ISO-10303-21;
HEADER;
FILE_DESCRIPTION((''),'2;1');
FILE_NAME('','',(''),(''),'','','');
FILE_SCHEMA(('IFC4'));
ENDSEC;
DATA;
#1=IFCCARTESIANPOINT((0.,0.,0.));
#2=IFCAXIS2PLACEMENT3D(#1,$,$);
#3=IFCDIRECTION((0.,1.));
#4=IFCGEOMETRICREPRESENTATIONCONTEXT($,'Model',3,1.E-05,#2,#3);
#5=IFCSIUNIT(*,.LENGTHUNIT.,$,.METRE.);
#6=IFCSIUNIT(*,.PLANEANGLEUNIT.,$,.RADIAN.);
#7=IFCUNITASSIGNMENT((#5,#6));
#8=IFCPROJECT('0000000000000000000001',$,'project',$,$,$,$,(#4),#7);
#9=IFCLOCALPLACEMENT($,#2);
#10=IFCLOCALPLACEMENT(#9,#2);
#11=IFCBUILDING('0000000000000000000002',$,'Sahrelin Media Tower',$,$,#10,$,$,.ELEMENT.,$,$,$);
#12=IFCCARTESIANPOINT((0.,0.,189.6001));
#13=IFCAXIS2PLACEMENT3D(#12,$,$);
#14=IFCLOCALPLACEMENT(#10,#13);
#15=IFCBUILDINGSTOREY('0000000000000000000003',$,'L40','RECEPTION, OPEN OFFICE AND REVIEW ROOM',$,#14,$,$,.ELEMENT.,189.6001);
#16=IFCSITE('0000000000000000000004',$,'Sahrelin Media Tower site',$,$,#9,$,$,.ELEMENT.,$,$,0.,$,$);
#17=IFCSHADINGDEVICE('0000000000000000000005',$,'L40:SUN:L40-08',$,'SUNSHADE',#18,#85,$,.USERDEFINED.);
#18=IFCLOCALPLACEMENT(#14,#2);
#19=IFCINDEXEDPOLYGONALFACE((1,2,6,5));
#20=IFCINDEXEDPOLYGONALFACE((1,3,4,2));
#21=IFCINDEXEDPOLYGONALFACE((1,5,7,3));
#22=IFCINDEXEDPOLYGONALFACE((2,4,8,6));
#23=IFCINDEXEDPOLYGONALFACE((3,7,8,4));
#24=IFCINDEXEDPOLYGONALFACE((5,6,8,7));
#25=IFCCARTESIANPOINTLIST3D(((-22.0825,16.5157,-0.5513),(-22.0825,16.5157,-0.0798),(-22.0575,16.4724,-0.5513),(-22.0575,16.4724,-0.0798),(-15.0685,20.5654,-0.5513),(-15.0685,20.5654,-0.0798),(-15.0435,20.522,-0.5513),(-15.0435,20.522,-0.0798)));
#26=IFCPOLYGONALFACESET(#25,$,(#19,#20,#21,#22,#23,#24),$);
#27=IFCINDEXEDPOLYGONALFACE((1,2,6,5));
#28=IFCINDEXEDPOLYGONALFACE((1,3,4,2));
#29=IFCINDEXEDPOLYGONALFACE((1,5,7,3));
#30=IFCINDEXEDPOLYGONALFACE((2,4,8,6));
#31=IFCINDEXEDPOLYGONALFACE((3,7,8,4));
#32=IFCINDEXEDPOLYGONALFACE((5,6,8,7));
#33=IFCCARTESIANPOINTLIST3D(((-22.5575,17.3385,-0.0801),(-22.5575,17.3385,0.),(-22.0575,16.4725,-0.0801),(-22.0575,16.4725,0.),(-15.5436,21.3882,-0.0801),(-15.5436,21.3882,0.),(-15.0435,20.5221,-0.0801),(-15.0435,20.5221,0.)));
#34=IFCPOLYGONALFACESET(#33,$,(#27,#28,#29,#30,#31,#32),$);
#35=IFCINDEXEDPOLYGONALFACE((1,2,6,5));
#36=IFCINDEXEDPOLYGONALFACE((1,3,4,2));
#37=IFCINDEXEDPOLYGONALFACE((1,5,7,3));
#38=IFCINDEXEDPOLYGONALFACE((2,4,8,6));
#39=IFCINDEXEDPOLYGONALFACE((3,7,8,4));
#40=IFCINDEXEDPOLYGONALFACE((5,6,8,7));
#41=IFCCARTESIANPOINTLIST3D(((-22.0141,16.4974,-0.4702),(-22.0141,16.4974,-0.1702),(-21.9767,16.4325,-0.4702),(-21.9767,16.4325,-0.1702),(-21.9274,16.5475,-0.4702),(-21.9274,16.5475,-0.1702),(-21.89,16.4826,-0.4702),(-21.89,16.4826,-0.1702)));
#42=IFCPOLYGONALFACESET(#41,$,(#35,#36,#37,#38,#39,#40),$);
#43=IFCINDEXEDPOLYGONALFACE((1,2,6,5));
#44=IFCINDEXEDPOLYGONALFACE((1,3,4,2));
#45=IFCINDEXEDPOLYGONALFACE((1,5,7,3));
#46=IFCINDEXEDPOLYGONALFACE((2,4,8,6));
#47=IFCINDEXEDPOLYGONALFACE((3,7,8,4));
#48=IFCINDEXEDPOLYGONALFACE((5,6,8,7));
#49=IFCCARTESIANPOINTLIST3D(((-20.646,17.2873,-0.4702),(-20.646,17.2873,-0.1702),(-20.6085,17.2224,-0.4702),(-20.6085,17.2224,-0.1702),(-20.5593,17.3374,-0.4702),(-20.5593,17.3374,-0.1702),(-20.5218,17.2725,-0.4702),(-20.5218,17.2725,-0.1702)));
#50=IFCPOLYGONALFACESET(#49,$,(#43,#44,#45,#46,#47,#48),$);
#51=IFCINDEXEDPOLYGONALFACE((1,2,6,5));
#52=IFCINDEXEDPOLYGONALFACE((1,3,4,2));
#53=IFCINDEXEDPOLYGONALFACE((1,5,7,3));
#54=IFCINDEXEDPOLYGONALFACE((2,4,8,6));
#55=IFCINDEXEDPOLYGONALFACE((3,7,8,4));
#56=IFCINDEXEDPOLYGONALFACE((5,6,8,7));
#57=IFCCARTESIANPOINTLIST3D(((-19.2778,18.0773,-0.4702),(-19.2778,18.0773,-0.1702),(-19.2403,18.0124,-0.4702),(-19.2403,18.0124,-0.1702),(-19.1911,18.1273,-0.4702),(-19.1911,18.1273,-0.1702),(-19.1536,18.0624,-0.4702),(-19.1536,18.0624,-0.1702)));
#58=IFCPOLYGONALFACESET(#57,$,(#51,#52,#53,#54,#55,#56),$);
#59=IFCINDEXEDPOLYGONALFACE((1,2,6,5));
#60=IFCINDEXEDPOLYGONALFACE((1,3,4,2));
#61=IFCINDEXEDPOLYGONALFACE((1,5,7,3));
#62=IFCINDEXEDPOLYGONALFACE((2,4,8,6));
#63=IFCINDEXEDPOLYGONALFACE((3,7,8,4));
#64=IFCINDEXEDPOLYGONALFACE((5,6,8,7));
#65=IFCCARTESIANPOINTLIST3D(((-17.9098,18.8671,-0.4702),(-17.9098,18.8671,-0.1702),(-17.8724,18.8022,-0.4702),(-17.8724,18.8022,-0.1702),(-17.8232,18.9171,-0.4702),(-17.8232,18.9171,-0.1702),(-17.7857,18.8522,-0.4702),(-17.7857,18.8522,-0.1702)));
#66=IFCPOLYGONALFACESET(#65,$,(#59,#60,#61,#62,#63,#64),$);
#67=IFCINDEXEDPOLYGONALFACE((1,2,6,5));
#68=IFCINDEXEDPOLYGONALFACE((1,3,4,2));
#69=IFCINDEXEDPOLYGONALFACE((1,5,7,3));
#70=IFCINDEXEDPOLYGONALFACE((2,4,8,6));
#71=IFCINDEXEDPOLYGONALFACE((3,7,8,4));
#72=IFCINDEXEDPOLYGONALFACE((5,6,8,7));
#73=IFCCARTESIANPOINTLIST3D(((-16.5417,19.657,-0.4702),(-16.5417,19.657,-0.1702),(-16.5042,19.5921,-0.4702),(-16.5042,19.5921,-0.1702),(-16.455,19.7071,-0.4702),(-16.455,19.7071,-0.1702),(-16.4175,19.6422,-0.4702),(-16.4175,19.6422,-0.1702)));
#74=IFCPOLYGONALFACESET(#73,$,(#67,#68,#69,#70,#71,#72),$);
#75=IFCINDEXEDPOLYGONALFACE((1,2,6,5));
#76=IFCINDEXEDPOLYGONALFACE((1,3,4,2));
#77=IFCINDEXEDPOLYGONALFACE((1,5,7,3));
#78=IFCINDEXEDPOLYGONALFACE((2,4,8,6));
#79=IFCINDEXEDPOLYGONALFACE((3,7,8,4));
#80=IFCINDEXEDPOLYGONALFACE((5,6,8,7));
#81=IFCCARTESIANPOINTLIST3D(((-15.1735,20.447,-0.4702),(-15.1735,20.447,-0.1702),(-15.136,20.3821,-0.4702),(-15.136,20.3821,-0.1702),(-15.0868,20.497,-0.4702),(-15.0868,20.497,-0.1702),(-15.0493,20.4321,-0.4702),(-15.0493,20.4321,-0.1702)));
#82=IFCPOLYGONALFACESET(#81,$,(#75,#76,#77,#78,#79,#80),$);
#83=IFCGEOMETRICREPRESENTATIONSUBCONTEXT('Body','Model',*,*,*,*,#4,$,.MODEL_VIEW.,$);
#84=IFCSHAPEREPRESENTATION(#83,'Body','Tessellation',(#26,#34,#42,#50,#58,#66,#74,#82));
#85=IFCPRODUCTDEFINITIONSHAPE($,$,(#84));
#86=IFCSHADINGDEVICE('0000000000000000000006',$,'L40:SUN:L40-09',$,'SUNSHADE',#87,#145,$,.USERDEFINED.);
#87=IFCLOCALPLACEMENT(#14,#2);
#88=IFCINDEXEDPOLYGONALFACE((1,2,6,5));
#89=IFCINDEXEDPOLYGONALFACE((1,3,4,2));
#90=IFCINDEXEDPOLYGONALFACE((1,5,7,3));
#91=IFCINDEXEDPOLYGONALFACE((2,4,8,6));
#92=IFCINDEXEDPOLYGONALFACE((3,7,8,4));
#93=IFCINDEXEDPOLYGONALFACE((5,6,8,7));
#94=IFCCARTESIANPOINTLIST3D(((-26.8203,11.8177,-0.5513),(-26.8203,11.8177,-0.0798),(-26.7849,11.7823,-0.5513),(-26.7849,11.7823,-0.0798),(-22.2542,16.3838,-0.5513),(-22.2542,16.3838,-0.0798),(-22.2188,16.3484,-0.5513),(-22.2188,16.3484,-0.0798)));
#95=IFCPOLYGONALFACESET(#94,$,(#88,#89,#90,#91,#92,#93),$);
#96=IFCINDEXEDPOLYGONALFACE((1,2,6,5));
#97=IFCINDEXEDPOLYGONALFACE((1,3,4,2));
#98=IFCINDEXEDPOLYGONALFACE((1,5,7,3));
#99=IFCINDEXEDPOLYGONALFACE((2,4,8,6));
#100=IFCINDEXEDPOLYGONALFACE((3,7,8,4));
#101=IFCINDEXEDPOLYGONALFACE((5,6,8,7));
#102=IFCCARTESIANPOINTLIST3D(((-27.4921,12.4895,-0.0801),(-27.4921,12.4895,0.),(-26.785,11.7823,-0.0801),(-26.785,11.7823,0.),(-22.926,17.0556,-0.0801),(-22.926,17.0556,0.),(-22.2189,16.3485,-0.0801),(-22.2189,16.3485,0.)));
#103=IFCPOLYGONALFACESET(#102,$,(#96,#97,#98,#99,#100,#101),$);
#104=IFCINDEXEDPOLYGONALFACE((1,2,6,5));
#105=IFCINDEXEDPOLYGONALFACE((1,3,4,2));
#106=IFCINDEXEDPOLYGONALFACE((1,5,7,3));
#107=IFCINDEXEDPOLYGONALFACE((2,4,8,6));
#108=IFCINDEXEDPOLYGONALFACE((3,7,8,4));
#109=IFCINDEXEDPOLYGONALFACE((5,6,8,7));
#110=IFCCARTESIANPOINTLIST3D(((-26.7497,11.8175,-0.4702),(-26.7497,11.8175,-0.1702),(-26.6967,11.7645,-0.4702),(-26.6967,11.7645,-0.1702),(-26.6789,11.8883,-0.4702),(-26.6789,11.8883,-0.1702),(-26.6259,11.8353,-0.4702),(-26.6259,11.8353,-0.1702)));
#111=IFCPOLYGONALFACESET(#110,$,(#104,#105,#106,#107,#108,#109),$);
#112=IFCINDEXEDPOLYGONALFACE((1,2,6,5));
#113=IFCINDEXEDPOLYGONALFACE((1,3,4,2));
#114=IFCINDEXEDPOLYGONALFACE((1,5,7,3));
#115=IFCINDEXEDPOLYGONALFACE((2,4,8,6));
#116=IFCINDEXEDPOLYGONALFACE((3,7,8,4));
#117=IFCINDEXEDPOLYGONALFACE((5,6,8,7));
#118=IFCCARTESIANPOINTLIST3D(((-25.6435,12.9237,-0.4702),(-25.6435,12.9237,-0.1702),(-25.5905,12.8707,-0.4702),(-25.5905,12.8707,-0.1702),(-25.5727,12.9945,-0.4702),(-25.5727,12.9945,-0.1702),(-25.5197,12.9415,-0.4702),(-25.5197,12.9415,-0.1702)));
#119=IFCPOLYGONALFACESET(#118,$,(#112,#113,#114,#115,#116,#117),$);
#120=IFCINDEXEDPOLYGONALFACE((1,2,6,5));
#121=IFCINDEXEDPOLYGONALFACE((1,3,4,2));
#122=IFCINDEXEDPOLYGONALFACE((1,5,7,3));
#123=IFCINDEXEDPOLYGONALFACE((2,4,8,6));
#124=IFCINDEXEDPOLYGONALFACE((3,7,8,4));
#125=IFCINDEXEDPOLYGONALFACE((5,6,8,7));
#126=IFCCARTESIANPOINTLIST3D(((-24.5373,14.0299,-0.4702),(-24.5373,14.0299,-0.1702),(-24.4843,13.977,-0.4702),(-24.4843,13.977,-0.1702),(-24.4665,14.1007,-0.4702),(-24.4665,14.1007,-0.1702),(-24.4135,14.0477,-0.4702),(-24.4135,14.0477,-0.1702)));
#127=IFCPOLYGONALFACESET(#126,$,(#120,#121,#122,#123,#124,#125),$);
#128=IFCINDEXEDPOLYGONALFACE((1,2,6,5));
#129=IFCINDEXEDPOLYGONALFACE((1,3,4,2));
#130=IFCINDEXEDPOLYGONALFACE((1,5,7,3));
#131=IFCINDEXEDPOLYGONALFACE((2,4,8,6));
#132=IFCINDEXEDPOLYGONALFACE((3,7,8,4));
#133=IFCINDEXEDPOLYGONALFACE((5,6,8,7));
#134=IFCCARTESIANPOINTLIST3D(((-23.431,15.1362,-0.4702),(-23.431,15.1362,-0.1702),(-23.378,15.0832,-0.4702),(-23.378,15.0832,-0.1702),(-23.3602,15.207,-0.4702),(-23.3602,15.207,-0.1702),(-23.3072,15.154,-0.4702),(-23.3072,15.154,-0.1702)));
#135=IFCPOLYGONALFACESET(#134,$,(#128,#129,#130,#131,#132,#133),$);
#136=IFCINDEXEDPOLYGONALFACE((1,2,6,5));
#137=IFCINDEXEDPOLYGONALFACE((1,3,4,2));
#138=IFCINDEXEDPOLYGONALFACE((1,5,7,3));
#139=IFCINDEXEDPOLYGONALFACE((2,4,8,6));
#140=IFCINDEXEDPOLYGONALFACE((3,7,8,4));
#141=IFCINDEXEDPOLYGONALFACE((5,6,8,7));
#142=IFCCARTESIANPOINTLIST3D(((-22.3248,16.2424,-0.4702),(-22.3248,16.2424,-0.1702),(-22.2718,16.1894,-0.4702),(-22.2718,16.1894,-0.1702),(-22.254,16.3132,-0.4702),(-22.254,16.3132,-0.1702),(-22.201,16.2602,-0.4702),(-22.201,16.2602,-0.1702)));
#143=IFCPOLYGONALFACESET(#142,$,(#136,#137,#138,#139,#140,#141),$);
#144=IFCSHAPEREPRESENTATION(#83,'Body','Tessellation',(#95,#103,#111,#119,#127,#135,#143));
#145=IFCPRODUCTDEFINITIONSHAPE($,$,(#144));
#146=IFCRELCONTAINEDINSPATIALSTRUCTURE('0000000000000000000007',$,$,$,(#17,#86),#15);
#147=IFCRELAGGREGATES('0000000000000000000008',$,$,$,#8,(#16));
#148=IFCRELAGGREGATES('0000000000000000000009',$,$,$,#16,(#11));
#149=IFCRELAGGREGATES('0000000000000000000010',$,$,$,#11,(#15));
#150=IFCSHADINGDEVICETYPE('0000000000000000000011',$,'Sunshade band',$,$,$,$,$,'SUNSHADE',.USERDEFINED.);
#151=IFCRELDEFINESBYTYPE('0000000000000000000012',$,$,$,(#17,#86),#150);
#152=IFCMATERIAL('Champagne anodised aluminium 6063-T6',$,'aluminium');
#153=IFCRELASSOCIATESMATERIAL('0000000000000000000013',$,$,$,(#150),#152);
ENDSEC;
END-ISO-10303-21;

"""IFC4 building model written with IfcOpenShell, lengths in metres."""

from ifc_helpers import new_model, si_unit, direction, frame, origin, origin_2d, place, context, subcontext, project, spatial, rectangle, extrude, material, type_object, element, save


model = new_model("IFC4")

# Units and contexts
model_context = context("Model", 3, precision=1e-05, world=origin(), true_north=direction((0.0, 1.0)))
body_context = subcontext(model_context, "Body", "Model", "MODEL_VIEW")
ifc_project = project(units=[si_unit("LENGTHUNIT", "METRE"), si_unit("PLANEANGLEUNIT", "RADIAN")], contexts=[model_context])

# Site, building, storey
site_placement = place(None, origin())
site = spatial("IfcSite", under=ifc_project, at=site_placement, Name="Sahrelin Media Tower site", CompositionType="ELEMENT", RefElevation=0.0)
building_placement = place(site_placement, origin())
building = spatial("IfcBuilding", under=site, at=building_placement, Name="Sahrelin Media Tower", CompositionType="ELEMENT")
storey_placement = place(building_placement, frame((0.0, 0.0, 189.6001)))
storey = spatial("IfcBuildingStorey", under=building, at=storey_placement, Name="L40", Description="RECEPTION, OPEN OFFICE AND REVIEW ROOM", CompositionType="ELEMENT", Elevation=189.6001)

# Shared definitions
ifc_material_1 = material(Name="Champagne anodised aluminium 6063-T6", Category="aluminium")

# Shading devices
placement_1 = place(storey_placement, frame((-18.5405, 18.48, 0.0), z_axis=(0.0, 0.0, 1.0), x_axis=(0.866019, 0.500011, 0.0)))
placement_2 = place(storey_placement, frame((-24.4878, 14.0513, 0.0), z_axis=(0.0, 0.0, 1.0), x_axis=(0.707107, 0.707107, 0.0)))
shading_device_type_1 = type_object("IfcShadingDeviceType", Name="Sunshade band", ElementType="SUNSHADE", PredefinedType="USERDEFINED", material=ifc_material_1)
element("IfcShadingDevice", 1, at=placement_1, inside=storey, type_object=shading_device_type_1, Name="L40:SUN:L40-08", ObjectType="SUNSHADE", PredefinedType="USERDEFINED", context=body_context, shape_type="SweptSolid", body=[
    extrude(rectangle(XDim=8.0991, YDim=0.05, at=origin_2d()), frame((0.0, 0.0449, -0.5513)), (0.0, 0.0, 1.0), 0.4714),
    extrude(rectangle(XDim=8.0991, YDim=1.0, at=origin_2d()), frame((0.0, 0.52, -0.0801)), (0.0, 0.0, 1.0), 0.0801),
    extrude(rectangle(XDim=0.1001, YDim=0.075, at=origin_2d()), frame((-3.9495, -0.0176, -0.4702)), (0.0, 0.0, 1.0), 0.3),
    extrude(rectangle(XDim=0.1001, YDim=0.075, at=origin_2d()), frame((-2.3696, -0.0176, -0.4702)), (0.0, 0.0, 1.0), 0.3),
    extrude(rectangle(XDim=0.1001, YDim=0.075, at=origin_2d()), frame((-0.7898, -0.0176, -0.4702)), (0.0, 0.0, 1.0), 0.3),
    extrude(rectangle(XDim=0.1001, YDim=0.075, at=origin_2d()), frame((0.7898, -0.0176, -0.4702)), (0.0, 0.0, 1.0), 0.3),
    extrude(rectangle(XDim=0.1001, YDim=0.075, at=origin_2d()), frame((2.3696, -0.0176, -0.4702)), (0.0, 0.0, 1.0), 0.3),
    extrude(rectangle(XDim=0.1001, YDim=0.075, at=origin_2d()), frame((3.9495, -0.0176, -0.4702)), (0.0, 0.0, 1.0), 0.3),
])
element("IfcShadingDevice", 2, at=placement_2, inside=storey, type_object=shading_device_type_1, Name="L40:SUN:L40-09", ObjectType="SUNSHADE", PredefinedType="USERDEFINED", context=body_context, shape_type="SweptSolid", body=[
    extrude(rectangle(XDim=6.4575, YDim=0.05, at=origin_2d()), frame((0.0, 0.0449, -0.5513)), (0.0, 0.0, 1.0), 0.4714),
    extrude(rectangle(XDim=6.4575, YDim=1.0, at=origin_2d()), frame((0.0, 0.52, -0.0801)), (0.0, 0.0, 1.0), 0.0801),
    extrude(rectangle(XDim=0.1001, YDim=0.075, at=origin_2d()), frame((-3.1289, -0.0176, -0.4702)), (0.0, 0.0, 1.0), 0.3),
    extrude(rectangle(XDim=0.1001, YDim=0.075, at=origin_2d()), frame((-1.5645, -0.0176, -0.4702)), (0.0, 0.0, 1.0), 0.3),
    extrude(rectangle(XDim=0.1001, YDim=0.075, at=origin_2d()), frame((0.0, -0.0176, -0.4702)), (0.0, 0.0, 1.0), 0.3),
    extrude(rectangle(XDim=0.1001, YDim=0.075, at=origin_2d()), frame((1.5645, -0.0176, -0.4702)), (0.0, 0.0, 1.0), 0.3),
    extrude(rectangle(XDim=0.1001, YDim=0.075, at=origin_2d()), frame((3.1289, -0.0176, -0.4702)), (0.0, 0.0, 1.0), 0.3),
])

save(model, "model.ifc")
